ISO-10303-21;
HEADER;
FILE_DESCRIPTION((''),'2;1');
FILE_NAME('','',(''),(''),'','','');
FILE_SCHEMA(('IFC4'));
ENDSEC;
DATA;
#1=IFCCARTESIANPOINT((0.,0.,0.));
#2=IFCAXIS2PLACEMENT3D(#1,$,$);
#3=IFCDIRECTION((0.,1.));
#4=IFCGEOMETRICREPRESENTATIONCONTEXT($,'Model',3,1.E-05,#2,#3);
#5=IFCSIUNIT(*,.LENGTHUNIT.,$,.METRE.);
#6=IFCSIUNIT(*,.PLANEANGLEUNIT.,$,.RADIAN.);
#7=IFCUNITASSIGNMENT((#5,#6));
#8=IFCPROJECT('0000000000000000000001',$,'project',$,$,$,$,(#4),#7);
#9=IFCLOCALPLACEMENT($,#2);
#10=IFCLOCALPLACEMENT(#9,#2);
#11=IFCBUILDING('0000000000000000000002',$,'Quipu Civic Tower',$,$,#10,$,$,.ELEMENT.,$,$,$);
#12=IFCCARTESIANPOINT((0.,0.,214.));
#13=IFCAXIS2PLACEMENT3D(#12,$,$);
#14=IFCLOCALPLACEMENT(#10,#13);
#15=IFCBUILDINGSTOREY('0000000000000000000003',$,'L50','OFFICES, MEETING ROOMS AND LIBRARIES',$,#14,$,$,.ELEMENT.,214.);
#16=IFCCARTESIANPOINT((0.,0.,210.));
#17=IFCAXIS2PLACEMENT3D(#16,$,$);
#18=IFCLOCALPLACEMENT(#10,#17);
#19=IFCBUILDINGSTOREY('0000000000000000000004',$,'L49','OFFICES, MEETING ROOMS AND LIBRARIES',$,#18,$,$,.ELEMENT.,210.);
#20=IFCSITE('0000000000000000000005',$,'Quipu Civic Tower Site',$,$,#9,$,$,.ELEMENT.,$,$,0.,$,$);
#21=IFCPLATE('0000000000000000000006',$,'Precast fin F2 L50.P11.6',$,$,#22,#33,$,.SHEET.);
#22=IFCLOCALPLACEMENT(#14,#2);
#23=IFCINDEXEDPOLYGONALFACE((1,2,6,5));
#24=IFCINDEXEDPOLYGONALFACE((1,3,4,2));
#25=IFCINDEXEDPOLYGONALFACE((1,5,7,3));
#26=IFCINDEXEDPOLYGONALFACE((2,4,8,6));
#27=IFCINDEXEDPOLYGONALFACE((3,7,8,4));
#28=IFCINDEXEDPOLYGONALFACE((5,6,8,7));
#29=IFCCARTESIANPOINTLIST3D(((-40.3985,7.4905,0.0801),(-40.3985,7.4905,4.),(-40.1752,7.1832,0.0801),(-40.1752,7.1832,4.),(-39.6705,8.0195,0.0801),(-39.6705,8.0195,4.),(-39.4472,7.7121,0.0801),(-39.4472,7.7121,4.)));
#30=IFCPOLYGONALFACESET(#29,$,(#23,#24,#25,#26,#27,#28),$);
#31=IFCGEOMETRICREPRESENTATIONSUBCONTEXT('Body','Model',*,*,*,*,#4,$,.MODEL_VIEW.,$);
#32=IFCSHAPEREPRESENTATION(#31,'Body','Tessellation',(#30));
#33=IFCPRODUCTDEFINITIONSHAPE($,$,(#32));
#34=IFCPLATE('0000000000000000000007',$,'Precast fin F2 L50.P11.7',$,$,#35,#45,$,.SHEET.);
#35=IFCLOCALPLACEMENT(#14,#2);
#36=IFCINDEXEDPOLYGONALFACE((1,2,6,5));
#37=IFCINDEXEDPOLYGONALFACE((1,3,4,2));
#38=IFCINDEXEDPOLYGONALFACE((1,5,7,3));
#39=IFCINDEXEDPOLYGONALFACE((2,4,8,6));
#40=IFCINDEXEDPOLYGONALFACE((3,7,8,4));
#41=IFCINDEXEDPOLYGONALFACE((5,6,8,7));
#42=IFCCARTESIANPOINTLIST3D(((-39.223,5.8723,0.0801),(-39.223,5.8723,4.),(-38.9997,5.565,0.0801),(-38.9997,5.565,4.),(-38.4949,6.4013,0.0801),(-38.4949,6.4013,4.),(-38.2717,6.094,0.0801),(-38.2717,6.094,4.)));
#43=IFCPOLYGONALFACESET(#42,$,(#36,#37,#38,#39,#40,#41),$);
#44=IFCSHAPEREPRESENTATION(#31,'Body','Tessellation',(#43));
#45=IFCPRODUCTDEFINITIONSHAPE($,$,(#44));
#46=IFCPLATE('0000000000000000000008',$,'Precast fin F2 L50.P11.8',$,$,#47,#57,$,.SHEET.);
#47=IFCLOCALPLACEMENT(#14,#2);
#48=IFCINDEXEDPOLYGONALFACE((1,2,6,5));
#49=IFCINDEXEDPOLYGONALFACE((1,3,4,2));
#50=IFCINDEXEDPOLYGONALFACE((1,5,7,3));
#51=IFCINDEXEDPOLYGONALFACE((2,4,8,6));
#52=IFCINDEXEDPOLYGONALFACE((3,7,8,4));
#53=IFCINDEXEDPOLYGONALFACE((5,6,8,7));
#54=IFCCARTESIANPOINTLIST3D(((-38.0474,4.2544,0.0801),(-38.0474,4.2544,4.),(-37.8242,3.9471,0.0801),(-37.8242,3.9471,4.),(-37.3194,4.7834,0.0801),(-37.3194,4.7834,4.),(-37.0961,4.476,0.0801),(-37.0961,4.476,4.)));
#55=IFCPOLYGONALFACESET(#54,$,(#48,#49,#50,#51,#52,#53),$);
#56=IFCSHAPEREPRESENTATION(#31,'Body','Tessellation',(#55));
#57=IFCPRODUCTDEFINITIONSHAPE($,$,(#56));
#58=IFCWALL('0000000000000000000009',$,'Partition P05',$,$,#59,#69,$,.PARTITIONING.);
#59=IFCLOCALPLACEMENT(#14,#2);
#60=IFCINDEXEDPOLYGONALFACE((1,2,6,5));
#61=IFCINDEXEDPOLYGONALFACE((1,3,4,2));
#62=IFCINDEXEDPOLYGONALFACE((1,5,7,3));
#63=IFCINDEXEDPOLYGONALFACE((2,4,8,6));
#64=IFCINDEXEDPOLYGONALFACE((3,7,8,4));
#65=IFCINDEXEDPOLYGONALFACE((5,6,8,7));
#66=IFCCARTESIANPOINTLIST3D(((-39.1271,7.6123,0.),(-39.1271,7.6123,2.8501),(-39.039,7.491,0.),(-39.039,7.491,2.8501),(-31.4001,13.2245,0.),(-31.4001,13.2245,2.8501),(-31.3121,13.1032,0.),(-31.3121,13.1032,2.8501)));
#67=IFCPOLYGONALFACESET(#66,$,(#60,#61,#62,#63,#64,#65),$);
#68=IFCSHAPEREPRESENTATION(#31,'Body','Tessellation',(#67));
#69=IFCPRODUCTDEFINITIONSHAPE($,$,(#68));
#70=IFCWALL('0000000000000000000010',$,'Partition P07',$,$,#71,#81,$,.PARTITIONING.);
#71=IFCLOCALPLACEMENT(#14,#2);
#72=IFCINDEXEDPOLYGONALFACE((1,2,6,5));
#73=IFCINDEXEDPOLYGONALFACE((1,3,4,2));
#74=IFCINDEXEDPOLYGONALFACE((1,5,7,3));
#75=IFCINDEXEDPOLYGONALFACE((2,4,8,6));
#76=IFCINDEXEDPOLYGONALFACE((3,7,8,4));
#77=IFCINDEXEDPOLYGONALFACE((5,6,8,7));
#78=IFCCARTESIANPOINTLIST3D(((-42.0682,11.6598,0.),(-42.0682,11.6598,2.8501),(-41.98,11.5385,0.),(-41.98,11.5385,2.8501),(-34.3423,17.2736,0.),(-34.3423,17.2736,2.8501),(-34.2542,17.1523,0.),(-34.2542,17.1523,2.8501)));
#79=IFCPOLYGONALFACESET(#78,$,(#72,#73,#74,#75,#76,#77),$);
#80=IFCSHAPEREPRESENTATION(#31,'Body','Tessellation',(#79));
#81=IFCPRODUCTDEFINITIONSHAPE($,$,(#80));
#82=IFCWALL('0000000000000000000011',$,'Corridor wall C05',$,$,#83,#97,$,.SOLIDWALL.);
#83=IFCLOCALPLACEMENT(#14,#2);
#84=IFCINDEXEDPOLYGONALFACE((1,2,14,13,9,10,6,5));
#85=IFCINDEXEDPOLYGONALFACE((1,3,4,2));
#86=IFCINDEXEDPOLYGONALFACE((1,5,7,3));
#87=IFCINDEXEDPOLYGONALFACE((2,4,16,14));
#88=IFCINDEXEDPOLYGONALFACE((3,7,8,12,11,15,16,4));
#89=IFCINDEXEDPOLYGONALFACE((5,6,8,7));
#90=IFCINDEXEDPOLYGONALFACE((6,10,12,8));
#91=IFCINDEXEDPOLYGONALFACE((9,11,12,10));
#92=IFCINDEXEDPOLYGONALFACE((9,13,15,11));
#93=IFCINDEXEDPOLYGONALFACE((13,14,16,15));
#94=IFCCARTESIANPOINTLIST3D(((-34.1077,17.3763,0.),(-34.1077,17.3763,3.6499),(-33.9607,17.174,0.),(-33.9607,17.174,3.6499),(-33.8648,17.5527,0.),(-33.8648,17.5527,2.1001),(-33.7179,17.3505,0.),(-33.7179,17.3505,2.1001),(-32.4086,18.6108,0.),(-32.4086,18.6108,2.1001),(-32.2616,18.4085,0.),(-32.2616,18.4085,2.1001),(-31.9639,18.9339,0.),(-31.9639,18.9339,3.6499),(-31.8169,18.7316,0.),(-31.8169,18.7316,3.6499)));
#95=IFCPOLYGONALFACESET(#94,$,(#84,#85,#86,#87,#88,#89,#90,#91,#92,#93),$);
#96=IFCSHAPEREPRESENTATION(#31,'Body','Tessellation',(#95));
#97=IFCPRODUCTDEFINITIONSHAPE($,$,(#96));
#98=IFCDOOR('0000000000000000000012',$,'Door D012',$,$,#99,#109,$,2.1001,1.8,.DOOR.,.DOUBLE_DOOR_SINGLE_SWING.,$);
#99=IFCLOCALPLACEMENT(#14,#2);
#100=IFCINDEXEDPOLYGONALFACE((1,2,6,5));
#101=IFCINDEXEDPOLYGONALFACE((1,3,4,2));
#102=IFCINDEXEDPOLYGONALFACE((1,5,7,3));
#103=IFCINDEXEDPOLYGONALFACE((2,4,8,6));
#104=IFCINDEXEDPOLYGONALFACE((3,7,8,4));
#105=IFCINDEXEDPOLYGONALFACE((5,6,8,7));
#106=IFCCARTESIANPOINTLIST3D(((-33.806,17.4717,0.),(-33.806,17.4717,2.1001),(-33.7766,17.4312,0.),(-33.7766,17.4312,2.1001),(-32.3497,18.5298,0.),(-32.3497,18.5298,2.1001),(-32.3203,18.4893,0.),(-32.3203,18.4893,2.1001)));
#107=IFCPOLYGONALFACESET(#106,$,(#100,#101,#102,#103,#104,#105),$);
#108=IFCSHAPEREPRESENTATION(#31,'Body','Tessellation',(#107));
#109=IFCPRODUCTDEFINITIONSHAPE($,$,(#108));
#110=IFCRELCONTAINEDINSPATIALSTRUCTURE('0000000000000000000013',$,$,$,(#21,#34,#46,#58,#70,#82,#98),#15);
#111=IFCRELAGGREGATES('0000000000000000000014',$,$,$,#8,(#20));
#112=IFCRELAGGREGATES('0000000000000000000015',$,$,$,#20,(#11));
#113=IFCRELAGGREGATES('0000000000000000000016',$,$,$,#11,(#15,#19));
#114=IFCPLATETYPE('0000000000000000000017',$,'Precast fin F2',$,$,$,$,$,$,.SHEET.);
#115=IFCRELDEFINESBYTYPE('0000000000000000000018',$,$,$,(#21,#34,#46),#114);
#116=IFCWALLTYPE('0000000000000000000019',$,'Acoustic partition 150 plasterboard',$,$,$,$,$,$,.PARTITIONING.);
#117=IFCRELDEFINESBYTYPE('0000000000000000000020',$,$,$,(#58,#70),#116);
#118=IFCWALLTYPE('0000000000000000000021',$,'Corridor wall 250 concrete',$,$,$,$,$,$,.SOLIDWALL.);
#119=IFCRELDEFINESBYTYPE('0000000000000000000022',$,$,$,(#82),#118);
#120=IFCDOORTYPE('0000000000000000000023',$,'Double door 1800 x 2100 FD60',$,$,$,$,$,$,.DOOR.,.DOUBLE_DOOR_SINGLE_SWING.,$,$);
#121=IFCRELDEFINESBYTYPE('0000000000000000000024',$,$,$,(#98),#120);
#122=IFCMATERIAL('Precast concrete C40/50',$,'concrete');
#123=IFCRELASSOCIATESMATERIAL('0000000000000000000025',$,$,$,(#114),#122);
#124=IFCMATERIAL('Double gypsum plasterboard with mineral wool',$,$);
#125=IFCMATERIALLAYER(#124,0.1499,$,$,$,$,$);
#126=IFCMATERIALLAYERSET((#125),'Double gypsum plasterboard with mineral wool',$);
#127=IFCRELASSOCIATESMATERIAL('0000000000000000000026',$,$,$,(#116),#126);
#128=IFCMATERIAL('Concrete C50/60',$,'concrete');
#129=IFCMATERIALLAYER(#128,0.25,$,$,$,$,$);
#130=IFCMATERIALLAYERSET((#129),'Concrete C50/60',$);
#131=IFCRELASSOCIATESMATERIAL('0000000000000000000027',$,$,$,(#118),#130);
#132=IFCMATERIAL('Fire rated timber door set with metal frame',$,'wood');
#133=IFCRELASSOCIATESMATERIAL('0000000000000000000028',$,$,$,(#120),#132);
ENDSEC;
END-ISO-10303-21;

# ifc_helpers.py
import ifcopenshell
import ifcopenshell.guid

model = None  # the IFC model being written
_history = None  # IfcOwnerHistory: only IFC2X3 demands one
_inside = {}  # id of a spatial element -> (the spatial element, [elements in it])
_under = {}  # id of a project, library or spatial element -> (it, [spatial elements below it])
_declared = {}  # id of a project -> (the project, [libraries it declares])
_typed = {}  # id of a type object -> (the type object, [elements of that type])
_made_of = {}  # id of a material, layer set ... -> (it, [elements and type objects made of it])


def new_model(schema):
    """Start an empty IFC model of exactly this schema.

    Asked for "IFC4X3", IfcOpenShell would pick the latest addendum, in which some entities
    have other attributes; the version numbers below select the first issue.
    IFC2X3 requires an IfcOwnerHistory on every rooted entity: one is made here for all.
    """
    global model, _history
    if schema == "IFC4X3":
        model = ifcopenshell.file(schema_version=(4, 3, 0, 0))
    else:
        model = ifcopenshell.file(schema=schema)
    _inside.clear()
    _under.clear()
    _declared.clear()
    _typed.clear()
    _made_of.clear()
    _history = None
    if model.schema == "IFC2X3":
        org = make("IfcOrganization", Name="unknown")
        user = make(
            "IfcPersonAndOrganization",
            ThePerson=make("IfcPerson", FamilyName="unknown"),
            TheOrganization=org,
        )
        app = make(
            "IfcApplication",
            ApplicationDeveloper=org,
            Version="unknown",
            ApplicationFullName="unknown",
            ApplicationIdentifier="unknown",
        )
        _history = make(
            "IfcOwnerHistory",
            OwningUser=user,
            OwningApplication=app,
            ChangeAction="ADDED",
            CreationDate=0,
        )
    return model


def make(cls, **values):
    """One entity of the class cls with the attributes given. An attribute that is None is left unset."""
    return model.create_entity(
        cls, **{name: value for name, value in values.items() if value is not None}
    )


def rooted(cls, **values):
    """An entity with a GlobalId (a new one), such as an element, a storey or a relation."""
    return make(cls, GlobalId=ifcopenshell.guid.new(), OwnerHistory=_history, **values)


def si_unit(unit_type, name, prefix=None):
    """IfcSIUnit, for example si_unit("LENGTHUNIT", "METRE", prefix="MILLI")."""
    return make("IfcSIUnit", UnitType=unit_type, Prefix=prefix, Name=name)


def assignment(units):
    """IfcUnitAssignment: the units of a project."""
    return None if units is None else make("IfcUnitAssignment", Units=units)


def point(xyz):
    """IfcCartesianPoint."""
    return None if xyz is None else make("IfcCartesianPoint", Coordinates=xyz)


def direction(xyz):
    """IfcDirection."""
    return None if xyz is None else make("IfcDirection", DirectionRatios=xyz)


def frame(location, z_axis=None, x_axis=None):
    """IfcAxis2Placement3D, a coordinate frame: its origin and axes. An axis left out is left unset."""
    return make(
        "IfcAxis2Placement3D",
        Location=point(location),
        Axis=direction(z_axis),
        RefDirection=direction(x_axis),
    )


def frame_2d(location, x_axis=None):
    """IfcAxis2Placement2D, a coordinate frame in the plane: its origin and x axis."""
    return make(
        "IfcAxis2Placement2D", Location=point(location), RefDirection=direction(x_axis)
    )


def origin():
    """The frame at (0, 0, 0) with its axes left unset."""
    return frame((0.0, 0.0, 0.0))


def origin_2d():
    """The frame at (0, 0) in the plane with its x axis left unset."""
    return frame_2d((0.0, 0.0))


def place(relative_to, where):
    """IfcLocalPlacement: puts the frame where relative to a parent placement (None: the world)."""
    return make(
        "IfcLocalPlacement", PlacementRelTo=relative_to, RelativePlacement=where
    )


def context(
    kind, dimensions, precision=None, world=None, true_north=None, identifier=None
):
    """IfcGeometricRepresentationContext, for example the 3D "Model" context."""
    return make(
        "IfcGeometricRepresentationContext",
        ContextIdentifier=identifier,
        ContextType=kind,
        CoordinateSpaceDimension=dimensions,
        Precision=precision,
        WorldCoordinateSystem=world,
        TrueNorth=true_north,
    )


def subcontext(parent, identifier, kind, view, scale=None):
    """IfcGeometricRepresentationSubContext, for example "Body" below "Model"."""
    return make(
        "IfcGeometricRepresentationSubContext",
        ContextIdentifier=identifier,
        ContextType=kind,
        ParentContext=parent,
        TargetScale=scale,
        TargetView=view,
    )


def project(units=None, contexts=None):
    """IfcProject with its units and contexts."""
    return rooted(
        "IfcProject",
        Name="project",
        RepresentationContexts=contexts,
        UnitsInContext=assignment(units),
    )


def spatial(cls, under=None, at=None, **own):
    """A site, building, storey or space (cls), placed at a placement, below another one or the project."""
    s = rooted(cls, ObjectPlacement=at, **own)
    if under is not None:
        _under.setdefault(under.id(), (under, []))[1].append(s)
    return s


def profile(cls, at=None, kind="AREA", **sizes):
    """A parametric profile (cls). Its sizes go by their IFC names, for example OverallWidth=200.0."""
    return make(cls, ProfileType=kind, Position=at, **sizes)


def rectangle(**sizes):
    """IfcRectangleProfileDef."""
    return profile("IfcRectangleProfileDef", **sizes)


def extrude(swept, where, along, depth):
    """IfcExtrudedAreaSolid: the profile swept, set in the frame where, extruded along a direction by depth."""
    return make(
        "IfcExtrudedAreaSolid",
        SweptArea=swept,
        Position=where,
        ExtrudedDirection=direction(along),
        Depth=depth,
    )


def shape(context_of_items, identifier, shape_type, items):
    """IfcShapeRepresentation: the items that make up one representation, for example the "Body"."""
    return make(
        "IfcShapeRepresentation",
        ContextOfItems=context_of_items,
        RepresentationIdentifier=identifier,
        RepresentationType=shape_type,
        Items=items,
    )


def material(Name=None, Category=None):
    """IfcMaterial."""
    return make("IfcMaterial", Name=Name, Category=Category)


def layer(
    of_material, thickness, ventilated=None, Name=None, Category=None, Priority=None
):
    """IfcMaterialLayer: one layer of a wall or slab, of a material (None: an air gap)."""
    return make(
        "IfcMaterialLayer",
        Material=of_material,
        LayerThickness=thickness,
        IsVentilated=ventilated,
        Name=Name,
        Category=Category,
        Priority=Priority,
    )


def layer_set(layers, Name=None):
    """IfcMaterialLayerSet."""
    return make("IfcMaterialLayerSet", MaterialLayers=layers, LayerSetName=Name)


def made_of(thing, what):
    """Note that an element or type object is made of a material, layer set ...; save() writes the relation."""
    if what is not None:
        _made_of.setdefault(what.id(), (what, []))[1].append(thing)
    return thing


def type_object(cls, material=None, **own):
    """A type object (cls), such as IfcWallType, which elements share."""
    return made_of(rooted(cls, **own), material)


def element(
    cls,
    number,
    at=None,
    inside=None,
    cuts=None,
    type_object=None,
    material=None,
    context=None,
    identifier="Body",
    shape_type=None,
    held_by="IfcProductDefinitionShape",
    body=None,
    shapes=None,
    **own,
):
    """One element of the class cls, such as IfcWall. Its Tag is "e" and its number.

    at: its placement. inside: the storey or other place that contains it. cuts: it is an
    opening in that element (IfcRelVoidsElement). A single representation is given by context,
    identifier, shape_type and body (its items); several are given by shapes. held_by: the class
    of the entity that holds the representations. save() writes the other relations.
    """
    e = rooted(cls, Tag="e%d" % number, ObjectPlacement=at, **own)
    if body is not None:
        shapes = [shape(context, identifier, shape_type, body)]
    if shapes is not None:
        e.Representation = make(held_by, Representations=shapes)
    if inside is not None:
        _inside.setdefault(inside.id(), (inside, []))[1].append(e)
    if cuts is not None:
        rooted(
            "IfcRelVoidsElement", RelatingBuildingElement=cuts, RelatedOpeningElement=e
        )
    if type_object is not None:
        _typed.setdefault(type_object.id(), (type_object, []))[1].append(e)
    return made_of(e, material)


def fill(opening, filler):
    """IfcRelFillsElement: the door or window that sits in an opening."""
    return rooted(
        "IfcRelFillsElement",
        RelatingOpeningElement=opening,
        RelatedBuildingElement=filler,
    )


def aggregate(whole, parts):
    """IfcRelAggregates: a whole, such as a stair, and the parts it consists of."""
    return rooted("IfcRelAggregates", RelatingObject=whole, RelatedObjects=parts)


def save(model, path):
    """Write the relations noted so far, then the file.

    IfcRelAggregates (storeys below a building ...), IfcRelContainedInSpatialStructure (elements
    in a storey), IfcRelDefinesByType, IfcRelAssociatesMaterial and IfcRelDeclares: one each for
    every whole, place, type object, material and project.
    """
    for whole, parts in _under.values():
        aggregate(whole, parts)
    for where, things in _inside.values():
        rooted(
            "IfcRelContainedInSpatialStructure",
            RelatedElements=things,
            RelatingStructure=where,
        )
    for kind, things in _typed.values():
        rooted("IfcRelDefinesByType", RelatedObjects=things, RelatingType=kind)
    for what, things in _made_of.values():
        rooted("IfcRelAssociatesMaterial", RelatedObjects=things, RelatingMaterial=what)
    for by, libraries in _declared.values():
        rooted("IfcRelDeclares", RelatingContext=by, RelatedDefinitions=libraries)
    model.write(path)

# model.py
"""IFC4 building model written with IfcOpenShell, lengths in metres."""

from ifc_helpers import new_model, si_unit, direction, frame, frame_2d, origin, origin_2d, place, context, subcontext, project, spatial, rectangle, extrude, material, layer, layer_set, type_object, element, fill, save


model = new_model("IFC4")

# Units and contexts
model_context = context("Model", 3, precision=1e-05, world=origin(), true_north=direction((0.0, 1.0)))
body_context = subcontext(model_context, "Body", "Model", "MODEL_VIEW")
ifc_project = project(units=[si_unit("LENGTHUNIT", "METRE"), si_unit("PLANEANGLEUNIT", "RADIAN")], contexts=[model_context])

# Site, building, storey
site_placement = place(None, origin())
site = spatial("IfcSite", under=ifc_project, at=site_placement, Name="Quipu Civic Tower Site", CompositionType="ELEMENT", RefElevation=0.0)
building_placement = place(site_placement, origin())
building = spatial("IfcBuilding", under=site, at=building_placement, Name="Quipu Civic Tower", CompositionType="ELEMENT")
storey_1_placement = place(building_placement, frame((0.0, 0.0, 214.0)))
storey_1 = spatial("IfcBuildingStorey", under=building, at=storey_1_placement, Name="L50", Description="OFFICES, MEETING ROOMS AND LIBRARIES", CompositionType="ELEMENT", Elevation=214.0)

# Shared definitions
storey_2_placement = place(building_placement, frame((0.0, 0.0, 210.0)))
storey_2 = spatial("IfcBuildingStorey", under=building, at=storey_2_placement, Name="L49", Description="OFFICES, MEETING ROOMS AND LIBRARIES", CompositionType="ELEMENT", Elevation=210.0)

# Plates
ifc_material_1 = material(Name="Precast concrete C40/50", Category="concrete")
plate_type_1 = type_object("IfcPlateType", Name="Precast fin F2", PredefinedType="SHEET", material=ifc_material_1)
for number, where, z_axis, x_axis, name in (
    (1, (-39.9229, 7.6013, 0.0801), (0.0, 0.0, 1.0), (0.587786, -0.809017, 0.0), "Precast fin F2 L50.P11.6"),
    (2, (-38.7473, 5.9832, 0.0801), (0.0, 0.0, 1.0), (0.587786, -0.809017, 0.0), "Precast fin F2 L50.P11.7"),
    (3, (-37.5718, 4.3652, 0.0801), (0.0, 0.0, 1.0), (0.587786, -0.809017, 0.0), "Precast fin F2 L50.P11.8"),
):
    element("IfcPlate", number, at=place(storey_1_placement, frame(where, z_axis=z_axis, x_axis=x_axis)), inside=storey_1, type_object=plate_type_1, Name=name, PredefinedType="SHEET", context=body_context, shape_type="SweptSolid", body=[
        extrude(rectangle(XDim=0.3799, YDim=0.8999, at=origin_2d()), origin(), (0.0, 0.0, 1.0), 3.9199),
    ])

# Walls
ifc_material_2 = material(Name="Double gypsum plasterboard with mineral wool")
ifc_layer_1 = layer(ifc_material_2, 0.1499)
ifc_layer_set_1 = layer_set([ifc_layer_1], Name="Double gypsum plasterboard with mineral wool")
wall_type_1 = type_object("IfcWallType", Name="Acoustic partition 150 plasterboard", PredefinedType="PARTITIONING", material=ifc_layer_set_1)
for number, where, z_axis, x_axis, name in (
    (4, (-31.3562, 13.1638, 0.0), (0.0, 0.0, 1.0), (-0.809103, -0.587667, 0.0), "Partition P05"),
    (5, (-34.2983, 17.2129, 0.0), (0.0, 0.0, 1.0), (-0.808986, -0.587828, 0.0), "Partition P07"),
):
    element("IfcWall", number, at=place(storey_1_placement, frame(where, z_axis=z_axis, x_axis=x_axis)), inside=storey_1, type_object=wall_type_1, Name=name, PredefinedType="PARTITIONING", context=body_context, shape_type="SweptSolid", body=[
        extrude(rectangle(XDim=9.55, YDim=0.1499, at=frame_2d((4.7749, 0.0))), origin(), (0.0, 0.0, 1.0), 2.8501),
    ])

# Wall, opening, door
ifc_material_3 = material(Name="Concrete C50/60", Category="concrete")
ifc_layer_2 = layer(ifc_material_3, 0.25)
ifc_layer_set_2 = layer_set([ifc_layer_2], Name="Concrete C50/60")
wall_type_2 = type_object("IfcWallType", Name="Corridor wall 250 concrete", PredefinedType="SOLIDWALL", material=ifc_layer_set_2)
wall_placement = place(storey_1_placement, frame((-34.0342, 17.2751, 0.0), z_axis=(0.0, 0.0, 1.0), x_axis=(0.809007, 0.587799, 0.0)))
wall = element("IfcWall", 6, at=wall_placement, inside=storey_1, type_object=wall_type_2, Name="Corridor wall C05", PredefinedType="SOLIDWALL", context=body_context, shape_type="SweptSolid", body=[
    extrude(rectangle(XDim=2.6499, YDim=0.25, at=frame_2d((1.325, 0.0))), origin(), (0.0, 0.0, 1.0), 3.6499),
])
opening_placement = place(wall_placement, frame((0.3003, 0.0, 0.0)))
opening = element("IfcOpeningElement", 7, at=opening_placement, cuts=wall, PredefinedType="OPENING", context=body_context, shape_type="SweptSolid", body=[
    extrude(rectangle(XDim=1.8, YDim=2.1001, at=frame_2d((0.8999, 1.05))), frame((0.0, 0.135, 0.0), z_axis=(0.0, -1.0, 0.0), x_axis=(1.0, 0.0, 0.0)), (0.0, 0.0, 1.0), 0.27),
])
ifc_material_4 = material(Name="Fire rated timber door set with metal frame", Category="wood")
door_type = type_object("IfcDoorType", Name="Double door 1800 x 2100 FD60", OperationType="DOUBLE_DOOR_SINGLE_SWING", PredefinedType="DOOR", material=ifc_material_4)
door_placement = place(opening_placement, origin())
door = element("IfcDoor", 8, at=door_placement, inside=storey_1, type_object=door_type, Name="Door D012", OperationType="DOUBLE_DOOR_SINGLE_SWING", OverallHeight=2.1001, OverallWidth=1.8, PredefinedType="DOOR", context=body_context, shape_type="SweptSolid", body=[
    extrude(rectangle(XDim=1.8, YDim=2.1001, at=frame_2d((0.8999, 1.05))), frame((0.0, 0.0249, 0.0), z_axis=(0.0, -1.0, 0.0), x_axis=(1.0, 0.0, 0.0)), (0.0, 0.0, 1.0), 0.05),
])
fill(opening, door)

save(model, "model.ifc")
